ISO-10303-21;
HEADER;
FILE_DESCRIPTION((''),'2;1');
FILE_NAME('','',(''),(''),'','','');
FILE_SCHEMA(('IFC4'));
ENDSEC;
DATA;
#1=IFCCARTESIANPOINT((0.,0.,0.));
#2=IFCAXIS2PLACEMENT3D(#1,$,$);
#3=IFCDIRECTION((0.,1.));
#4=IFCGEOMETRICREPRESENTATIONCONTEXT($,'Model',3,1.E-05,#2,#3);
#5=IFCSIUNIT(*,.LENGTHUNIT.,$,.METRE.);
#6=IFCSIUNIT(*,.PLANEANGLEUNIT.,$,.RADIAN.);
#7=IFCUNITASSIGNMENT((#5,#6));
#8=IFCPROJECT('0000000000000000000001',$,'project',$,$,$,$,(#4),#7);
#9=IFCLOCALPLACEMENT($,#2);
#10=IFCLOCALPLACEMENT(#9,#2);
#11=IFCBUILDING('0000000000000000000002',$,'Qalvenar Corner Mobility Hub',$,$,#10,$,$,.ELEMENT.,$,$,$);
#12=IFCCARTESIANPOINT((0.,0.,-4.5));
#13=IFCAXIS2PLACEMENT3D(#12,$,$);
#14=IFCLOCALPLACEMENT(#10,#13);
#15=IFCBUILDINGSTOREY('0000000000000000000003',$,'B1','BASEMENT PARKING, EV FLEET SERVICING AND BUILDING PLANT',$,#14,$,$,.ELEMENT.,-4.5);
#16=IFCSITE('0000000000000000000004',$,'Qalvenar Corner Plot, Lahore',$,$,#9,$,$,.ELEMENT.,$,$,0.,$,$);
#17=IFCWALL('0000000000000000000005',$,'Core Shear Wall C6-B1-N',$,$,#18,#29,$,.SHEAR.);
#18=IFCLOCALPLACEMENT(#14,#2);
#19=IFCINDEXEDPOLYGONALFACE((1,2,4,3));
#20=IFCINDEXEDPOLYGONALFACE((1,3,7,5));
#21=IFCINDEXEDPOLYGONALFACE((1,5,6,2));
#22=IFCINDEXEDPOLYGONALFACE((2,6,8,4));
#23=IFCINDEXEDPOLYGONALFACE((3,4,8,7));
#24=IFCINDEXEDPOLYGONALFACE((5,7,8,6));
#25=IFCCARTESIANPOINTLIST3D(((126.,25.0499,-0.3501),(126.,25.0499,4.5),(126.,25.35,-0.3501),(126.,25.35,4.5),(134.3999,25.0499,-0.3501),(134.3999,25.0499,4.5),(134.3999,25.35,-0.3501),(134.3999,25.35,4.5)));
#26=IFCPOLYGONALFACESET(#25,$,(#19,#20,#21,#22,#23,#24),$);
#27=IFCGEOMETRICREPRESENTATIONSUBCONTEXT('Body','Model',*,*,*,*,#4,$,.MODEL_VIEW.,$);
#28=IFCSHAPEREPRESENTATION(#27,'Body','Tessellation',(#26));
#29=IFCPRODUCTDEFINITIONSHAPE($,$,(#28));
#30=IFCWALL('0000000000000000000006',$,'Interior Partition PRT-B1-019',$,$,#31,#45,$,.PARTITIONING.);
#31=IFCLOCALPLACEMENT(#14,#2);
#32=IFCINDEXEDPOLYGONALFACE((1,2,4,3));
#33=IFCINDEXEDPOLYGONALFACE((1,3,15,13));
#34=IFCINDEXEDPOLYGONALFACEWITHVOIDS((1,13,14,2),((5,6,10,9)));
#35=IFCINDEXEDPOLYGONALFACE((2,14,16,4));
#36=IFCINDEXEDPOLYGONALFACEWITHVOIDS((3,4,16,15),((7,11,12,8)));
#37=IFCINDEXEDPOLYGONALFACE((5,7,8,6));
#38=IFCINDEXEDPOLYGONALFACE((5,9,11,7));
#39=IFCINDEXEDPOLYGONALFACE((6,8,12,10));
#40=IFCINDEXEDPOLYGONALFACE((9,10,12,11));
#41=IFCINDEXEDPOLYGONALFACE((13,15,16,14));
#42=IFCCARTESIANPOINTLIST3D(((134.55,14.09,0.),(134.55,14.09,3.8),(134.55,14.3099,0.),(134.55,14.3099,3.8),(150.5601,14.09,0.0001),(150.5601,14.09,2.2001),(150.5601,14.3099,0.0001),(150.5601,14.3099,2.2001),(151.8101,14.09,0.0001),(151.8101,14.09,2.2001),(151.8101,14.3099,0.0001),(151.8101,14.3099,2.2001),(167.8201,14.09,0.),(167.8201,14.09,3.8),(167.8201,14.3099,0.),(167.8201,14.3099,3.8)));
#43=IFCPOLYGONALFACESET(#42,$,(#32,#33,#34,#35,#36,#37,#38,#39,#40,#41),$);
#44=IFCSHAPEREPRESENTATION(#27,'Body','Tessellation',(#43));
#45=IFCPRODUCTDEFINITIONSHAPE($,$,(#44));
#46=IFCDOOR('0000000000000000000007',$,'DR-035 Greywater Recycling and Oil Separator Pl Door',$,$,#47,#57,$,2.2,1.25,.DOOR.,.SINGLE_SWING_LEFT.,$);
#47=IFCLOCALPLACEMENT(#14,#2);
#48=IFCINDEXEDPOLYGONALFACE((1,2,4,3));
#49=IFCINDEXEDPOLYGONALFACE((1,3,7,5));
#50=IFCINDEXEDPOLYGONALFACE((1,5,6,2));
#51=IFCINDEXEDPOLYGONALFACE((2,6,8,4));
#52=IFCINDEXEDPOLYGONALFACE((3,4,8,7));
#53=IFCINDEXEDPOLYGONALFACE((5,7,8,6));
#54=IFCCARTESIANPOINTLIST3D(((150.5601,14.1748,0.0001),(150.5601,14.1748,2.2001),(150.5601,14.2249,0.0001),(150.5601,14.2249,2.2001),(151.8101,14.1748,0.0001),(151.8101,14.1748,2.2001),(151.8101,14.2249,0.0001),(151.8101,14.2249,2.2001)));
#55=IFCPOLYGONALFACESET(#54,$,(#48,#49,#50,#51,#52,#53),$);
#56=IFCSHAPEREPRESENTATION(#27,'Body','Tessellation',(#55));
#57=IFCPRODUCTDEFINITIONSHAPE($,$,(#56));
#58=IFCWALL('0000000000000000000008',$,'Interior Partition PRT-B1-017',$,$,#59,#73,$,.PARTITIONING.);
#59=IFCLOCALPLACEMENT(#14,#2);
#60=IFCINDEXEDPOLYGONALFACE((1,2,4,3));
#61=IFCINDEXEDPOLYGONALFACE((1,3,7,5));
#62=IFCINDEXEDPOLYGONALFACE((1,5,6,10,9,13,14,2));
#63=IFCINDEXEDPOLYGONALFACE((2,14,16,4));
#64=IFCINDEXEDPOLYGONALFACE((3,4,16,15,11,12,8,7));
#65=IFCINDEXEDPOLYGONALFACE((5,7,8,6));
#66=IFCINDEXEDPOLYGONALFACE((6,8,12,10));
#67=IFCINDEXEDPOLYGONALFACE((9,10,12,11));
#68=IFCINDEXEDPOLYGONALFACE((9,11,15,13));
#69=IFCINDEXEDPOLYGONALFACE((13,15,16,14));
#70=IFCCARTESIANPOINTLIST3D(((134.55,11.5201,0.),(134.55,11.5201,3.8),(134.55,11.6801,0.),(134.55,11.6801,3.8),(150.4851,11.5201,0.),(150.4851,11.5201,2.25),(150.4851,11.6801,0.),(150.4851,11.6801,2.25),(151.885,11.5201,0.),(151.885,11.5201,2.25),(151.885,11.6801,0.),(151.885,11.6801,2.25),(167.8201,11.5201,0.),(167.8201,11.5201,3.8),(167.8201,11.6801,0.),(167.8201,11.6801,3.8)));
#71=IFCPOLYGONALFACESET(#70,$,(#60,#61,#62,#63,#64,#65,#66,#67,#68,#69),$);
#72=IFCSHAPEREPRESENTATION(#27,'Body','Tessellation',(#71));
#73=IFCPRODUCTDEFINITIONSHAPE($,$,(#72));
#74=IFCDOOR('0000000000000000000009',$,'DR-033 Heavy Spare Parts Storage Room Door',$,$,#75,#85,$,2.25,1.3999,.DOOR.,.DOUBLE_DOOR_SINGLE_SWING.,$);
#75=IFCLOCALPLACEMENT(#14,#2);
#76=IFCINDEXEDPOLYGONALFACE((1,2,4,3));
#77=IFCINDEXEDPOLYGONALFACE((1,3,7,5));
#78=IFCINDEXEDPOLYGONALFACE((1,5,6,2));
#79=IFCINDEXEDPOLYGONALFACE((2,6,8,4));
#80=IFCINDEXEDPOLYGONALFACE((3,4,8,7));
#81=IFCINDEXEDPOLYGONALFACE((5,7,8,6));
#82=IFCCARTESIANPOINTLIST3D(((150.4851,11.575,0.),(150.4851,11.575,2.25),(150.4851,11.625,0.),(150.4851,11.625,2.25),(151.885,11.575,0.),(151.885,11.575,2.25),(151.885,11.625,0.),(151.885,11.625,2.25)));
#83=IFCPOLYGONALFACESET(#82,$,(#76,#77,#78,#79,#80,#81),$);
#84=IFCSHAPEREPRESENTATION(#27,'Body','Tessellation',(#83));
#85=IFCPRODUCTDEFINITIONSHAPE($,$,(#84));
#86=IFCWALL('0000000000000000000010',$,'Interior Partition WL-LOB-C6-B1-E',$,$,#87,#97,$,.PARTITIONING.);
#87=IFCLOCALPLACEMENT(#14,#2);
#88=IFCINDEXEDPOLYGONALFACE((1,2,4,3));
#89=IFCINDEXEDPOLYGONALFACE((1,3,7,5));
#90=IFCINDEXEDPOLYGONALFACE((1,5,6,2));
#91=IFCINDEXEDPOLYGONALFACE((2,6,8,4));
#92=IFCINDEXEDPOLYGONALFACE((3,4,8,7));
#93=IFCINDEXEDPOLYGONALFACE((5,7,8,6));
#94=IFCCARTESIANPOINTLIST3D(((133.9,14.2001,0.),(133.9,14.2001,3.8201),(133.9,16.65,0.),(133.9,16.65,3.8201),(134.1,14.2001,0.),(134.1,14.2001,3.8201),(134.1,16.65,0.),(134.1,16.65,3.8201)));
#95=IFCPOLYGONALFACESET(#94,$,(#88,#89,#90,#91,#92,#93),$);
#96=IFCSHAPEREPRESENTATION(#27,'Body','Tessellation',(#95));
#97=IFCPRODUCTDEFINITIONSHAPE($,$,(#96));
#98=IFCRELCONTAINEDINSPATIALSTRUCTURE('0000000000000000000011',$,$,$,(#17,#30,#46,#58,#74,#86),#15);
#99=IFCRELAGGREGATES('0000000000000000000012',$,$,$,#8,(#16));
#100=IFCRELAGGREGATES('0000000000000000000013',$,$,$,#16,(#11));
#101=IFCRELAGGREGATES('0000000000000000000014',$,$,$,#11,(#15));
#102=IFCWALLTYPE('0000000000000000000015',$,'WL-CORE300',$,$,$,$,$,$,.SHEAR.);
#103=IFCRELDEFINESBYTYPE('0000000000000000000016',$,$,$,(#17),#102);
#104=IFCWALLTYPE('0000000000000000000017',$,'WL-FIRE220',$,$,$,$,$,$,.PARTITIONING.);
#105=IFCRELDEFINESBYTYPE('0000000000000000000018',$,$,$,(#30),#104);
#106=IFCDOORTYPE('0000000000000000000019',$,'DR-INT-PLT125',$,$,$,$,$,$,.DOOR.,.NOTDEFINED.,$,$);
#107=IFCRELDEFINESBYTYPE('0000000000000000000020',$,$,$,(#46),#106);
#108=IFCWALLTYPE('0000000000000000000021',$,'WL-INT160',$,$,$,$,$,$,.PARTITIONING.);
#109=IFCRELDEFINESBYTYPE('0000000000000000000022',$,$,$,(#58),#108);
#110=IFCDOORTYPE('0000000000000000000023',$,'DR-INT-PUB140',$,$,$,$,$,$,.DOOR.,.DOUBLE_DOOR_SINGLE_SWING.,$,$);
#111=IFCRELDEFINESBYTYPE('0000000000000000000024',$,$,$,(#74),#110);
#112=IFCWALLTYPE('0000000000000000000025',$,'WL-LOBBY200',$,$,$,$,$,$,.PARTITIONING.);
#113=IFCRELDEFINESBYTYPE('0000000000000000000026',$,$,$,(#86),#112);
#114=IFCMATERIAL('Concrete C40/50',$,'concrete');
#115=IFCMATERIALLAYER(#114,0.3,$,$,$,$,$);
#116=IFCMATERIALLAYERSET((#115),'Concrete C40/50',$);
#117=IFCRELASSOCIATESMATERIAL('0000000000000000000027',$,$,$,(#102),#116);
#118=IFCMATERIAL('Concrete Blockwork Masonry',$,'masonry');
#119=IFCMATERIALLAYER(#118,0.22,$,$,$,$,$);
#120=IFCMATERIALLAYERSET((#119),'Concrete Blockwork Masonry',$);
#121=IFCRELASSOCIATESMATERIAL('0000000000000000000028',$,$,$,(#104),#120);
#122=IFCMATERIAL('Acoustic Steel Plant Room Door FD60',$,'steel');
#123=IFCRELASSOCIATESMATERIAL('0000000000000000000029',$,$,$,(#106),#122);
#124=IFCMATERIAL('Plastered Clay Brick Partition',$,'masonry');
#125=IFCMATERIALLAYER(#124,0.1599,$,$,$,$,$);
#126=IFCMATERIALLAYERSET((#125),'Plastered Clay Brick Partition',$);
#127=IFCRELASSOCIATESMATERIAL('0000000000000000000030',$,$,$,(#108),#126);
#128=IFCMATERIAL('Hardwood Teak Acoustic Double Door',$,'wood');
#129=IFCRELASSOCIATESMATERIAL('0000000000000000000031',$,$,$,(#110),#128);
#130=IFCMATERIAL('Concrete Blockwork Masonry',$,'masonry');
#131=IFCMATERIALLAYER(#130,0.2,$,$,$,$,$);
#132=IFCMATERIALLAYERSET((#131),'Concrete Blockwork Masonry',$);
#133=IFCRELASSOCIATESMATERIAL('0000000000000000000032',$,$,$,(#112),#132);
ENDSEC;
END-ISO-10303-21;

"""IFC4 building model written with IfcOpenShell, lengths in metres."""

from ifc_helpers import new_model, si_unit, direction, frame, frame_2d, origin, place, context, subcontext, project, spatial, rectangle, extrude, material, layer, layer_set, type_object, element, fill, save


model = new_model("IFC4")

# Units and contexts
model_context = context("Model", 3, precision=1e-05, world=origin(), true_north=direction((0.0, 1.0)))
body_context = subcontext(model_context, "Body", "Model", "MODEL_VIEW")
ifc_project = project(units=[si_unit("LENGTHUNIT", "METRE"), si_unit("PLANEANGLEUNIT", "RADIAN")], contexts=[model_context])

# Site, building, storey
site_placement = place(None, origin())
site = spatial("IfcSite", under=ifc_project, at=site_placement, Name="Qalvenar Corner Plot, Lahore", CompositionType="ELEMENT", RefElevation=0.0)
building_placement = place(site_placement, origin())
building = spatial("IfcBuilding", under=site, at=building_placement, Name="Qalvenar Corner Mobility Hub", CompositionType="ELEMENT")
storey_placement = place(building_placement, frame((0.0, 0.0, -4.5)))
storey = spatial("IfcBuildingStorey", under=building, at=storey_placement, Name="B1", Description="BASEMENT PARKING, EV FLEET SERVICING AND BUILDING PLANT", CompositionType="ELEMENT", Elevation=-4.5)

# Shared definitions
ifc_material_1 = material(Name="Concrete C40/50", Category="concrete")

# Wall
ifc_layer_1 = layer(ifc_material_1, 0.3)
ifc_layer_set_1 = layer_set([ifc_layer_1], Name="Concrete C40/50")
wall_type_1 = type_object("IfcWallType", Name="WL-CORE300", PredefinedType="SHEAR", material=ifc_layer_set_1)
for number, where, z_axis, x_axis, name in (
    (1, (134.3999, 25.2, -0.3501), (0.0, 0.0, 1.0), (-1.0, 0.0, 0.0), "Core Shear Wall C6-B1-N"),
):
    element("IfcWall", number, at=place(storey_placement, frame(where, z_axis=z_axis, x_axis=x_axis)), inside=storey, type_object=wall_type_1, Name=name, PredefinedType="SHEAR", context=body_context, shape_type="SweptSolid", body=[
        extrude(rectangle(XDim=8.3999, YDim=0.3, at=frame_2d((4.2, 0.0))), origin(), (0.0, 0.0, 1.0), 4.8501),
    ])

# Walls, openings, doors
ifc_material_2 = material(Name="Concrete Blockwork Masonry", Category="masonry")
ifc_layer_2 = layer(ifc_material_2, 0.22)
ifc_layer_set_2 = layer_set([ifc_layer_2], Name="Concrete Blockwork Masonry")
wall_type_2 = type_object("IfcWallType", Name="WL-FIRE220", PredefinedType="PARTITIONING", material=ifc_layer_set_2)
wall_1_placement = place(storey_placement, frame((134.55, 14.2, 0.0), z_axis=(0.0, 0.0, 1.0), x_axis=(1.0, 0.0, 0.0)))
wall_1 = element("IfcWall", 2, at=wall_1_placement, inside=storey, type_object=wall_type_2, Name="Interior Partition PRT-B1-019", PredefinedType="PARTITIONING", context=body_context, shape_type="SweptSolid", body=[
    extrude(rectangle(XDim=33.27, YDim=0.22, at=frame_2d((16.635, 0.0))), origin(), (0.0, 0.0, 1.0), 3.8),
])
opening_1_placement = place(wall_1_placement, frame((16.01, 0.0, 0.0)))
opening_1 = element("IfcOpeningElement", 3, at=opening_1_placement, cuts=wall_1, PredefinedType="OPENING", context=body_context, shape_type="SweptSolid", body=[
    extrude(rectangle(XDim=1.25, YDim=2.2, at=frame_2d((0.625, 1.1001))), frame((0.0, 0.1201, 0.0), z_axis=(0.0, -1.0, 0.0), x_axis=(1.0, 0.0, 0.0)), (0.0, 0.0, 1.0), 0.24),
])
ifc_material_3 = material(Name="Acoustic Steel Plant Room Door FD60", Category="steel")
door_type_1 = type_object("IfcDoorType", Name="DR-INT-PLT125", OperationType="NOTDEFINED", PredefinedType="DOOR", material=ifc_material_3)
door_1_placement = place(opening_1_placement, origin())
door_1 = element("IfcDoor", 4, at=door_1_placement, inside=storey, type_object=door_type_1, Name="DR-035 Greywater Recycling and Oil Separator Pl Door", OperationType="SINGLE_SWING_LEFT", OverallHeight=2.2, OverallWidth=1.25, PredefinedType="DOOR", context=body_context, shape_type="SweptSolid", body=[
    extrude(rectangle(XDim=1.25, YDim=2.2, at=frame_2d((0.625, 1.1001))), frame((0.0, 0.0249, 0.0), z_axis=(0.0, -1.0, 0.0), x_axis=(1.0, 0.0, 0.0)), (0.0, 0.0, 1.0), 0.05),
])
fill(opening_1, door_1)
ifc_material_4 = material(Name="Plastered Clay Brick Partition", Category="masonry")
ifc_layer_3 = layer(ifc_material_4, 0.1599)
ifc_layer_set_3 = layer_set([ifc_layer_3], Name="Plastered Clay Brick Partition")
wall_type_3 = type_object("IfcWallType", Name="WL-INT160", PredefinedType="PARTITIONING", material=ifc_layer_set_3)
wall_2_placement = place(storey_placement, frame((134.55, 11.6001, 0.0), z_axis=(0.0, 0.0, 1.0), x_axis=(1.0, 0.0, 0.0)))
wall_2 = element("IfcWall", 5, at=wall_2_placement, inside=storey, type_object=wall_type_3, Name="Interior Partition PRT-B1-017", PredefinedType="PARTITIONING", context=body_context, shape_type="SweptSolid", body=[
    extrude(rectangle(XDim=33.27, YDim=0.1599, at=frame_2d((16.635, 0.0))), origin(), (0.0, 0.0, 1.0), 3.8),
])
opening_2_placement = place(wall_2_placement, frame((15.9351, 0.0, 0.0)))
opening_2 = element("IfcOpeningElement", 6, at=opening_2_placement, cuts=wall_2, PredefinedType="OPENING", context=body_context, shape_type="SweptSolid", body=[
    extrude(rectangle(XDim=1.3999, YDim=2.25, at=frame_2d((0.7, 1.125))), frame((0.0, 0.0898, 0.0), z_axis=(0.0, -1.0, 0.0), x_axis=(1.0, 0.0, 0.0)), (0.0, 0.0, 1.0), 0.1799),
])
ifc_material_5 = material(Name="Hardwood Teak Acoustic Double Door", Category="wood")
door_type_2 = type_object("IfcDoorType", Name="DR-INT-PUB140", OperationType="DOUBLE_DOOR_SINGLE_SWING", PredefinedType="DOOR", material=ifc_material_5)
door_2_placement = place(opening_2_placement, origin())
door_2 = element("IfcDoor", 7, at=door_2_placement, inside=storey, type_object=door_type_2, Name="DR-033 Heavy Spare Parts Storage Room Door", OperationType="DOUBLE_DOOR_SINGLE_SWING", OverallHeight=2.25, OverallWidth=1.3999, PredefinedType="DOOR", context=body_context, shape_type="SweptSolid", body=[
    extrude(rectangle(XDim=1.3999, YDim=2.25, at=frame_2d((0.7, 1.125))), frame((0.0, 0.0249, 0.0), z_axis=(0.0, -1.0, 0.0), x_axis=(1.0, 0.0, 0.0)), (0.0, 0.0, 1.0), 0.05),
])
fill(opening_2, door_2)

# Wall
ifc_material_6 = material(Name="Concrete Blockwork Masonry", Category="masonry")
ifc_layer_4 = layer(ifc_material_6, 0.2)
ifc_layer_set_4 = layer_set([ifc_layer_4], Name="Concrete Blockwork Masonry")
wall_type_4 = type_object("IfcWallType", Name="WL-LOBBY200", PredefinedType="PARTITIONING", material=ifc_layer_set_4)
wall_3_placement = place(storey_placement, frame((134.0, 14.2, 0.0), z_axis=(0.0, 0.0, 1.0), x_axis=(0.0, 1.0, 0.0)))
element("IfcWall", 8, at=wall_3_placement, inside=storey, type_object=wall_type_4, Name="Interior Partition WL-LOB-C6-B1-E", PredefinedType="PARTITIONING", context=body_context, shape_type="SweptSolid", body=[
    extrude(rectangle(XDim=2.45, YDim=0.2, at=frame_2d((1.2251, 0.0))), origin(), (0.0, 0.0, 1.0), 3.8201),
])

save(model, "model.ifc")
